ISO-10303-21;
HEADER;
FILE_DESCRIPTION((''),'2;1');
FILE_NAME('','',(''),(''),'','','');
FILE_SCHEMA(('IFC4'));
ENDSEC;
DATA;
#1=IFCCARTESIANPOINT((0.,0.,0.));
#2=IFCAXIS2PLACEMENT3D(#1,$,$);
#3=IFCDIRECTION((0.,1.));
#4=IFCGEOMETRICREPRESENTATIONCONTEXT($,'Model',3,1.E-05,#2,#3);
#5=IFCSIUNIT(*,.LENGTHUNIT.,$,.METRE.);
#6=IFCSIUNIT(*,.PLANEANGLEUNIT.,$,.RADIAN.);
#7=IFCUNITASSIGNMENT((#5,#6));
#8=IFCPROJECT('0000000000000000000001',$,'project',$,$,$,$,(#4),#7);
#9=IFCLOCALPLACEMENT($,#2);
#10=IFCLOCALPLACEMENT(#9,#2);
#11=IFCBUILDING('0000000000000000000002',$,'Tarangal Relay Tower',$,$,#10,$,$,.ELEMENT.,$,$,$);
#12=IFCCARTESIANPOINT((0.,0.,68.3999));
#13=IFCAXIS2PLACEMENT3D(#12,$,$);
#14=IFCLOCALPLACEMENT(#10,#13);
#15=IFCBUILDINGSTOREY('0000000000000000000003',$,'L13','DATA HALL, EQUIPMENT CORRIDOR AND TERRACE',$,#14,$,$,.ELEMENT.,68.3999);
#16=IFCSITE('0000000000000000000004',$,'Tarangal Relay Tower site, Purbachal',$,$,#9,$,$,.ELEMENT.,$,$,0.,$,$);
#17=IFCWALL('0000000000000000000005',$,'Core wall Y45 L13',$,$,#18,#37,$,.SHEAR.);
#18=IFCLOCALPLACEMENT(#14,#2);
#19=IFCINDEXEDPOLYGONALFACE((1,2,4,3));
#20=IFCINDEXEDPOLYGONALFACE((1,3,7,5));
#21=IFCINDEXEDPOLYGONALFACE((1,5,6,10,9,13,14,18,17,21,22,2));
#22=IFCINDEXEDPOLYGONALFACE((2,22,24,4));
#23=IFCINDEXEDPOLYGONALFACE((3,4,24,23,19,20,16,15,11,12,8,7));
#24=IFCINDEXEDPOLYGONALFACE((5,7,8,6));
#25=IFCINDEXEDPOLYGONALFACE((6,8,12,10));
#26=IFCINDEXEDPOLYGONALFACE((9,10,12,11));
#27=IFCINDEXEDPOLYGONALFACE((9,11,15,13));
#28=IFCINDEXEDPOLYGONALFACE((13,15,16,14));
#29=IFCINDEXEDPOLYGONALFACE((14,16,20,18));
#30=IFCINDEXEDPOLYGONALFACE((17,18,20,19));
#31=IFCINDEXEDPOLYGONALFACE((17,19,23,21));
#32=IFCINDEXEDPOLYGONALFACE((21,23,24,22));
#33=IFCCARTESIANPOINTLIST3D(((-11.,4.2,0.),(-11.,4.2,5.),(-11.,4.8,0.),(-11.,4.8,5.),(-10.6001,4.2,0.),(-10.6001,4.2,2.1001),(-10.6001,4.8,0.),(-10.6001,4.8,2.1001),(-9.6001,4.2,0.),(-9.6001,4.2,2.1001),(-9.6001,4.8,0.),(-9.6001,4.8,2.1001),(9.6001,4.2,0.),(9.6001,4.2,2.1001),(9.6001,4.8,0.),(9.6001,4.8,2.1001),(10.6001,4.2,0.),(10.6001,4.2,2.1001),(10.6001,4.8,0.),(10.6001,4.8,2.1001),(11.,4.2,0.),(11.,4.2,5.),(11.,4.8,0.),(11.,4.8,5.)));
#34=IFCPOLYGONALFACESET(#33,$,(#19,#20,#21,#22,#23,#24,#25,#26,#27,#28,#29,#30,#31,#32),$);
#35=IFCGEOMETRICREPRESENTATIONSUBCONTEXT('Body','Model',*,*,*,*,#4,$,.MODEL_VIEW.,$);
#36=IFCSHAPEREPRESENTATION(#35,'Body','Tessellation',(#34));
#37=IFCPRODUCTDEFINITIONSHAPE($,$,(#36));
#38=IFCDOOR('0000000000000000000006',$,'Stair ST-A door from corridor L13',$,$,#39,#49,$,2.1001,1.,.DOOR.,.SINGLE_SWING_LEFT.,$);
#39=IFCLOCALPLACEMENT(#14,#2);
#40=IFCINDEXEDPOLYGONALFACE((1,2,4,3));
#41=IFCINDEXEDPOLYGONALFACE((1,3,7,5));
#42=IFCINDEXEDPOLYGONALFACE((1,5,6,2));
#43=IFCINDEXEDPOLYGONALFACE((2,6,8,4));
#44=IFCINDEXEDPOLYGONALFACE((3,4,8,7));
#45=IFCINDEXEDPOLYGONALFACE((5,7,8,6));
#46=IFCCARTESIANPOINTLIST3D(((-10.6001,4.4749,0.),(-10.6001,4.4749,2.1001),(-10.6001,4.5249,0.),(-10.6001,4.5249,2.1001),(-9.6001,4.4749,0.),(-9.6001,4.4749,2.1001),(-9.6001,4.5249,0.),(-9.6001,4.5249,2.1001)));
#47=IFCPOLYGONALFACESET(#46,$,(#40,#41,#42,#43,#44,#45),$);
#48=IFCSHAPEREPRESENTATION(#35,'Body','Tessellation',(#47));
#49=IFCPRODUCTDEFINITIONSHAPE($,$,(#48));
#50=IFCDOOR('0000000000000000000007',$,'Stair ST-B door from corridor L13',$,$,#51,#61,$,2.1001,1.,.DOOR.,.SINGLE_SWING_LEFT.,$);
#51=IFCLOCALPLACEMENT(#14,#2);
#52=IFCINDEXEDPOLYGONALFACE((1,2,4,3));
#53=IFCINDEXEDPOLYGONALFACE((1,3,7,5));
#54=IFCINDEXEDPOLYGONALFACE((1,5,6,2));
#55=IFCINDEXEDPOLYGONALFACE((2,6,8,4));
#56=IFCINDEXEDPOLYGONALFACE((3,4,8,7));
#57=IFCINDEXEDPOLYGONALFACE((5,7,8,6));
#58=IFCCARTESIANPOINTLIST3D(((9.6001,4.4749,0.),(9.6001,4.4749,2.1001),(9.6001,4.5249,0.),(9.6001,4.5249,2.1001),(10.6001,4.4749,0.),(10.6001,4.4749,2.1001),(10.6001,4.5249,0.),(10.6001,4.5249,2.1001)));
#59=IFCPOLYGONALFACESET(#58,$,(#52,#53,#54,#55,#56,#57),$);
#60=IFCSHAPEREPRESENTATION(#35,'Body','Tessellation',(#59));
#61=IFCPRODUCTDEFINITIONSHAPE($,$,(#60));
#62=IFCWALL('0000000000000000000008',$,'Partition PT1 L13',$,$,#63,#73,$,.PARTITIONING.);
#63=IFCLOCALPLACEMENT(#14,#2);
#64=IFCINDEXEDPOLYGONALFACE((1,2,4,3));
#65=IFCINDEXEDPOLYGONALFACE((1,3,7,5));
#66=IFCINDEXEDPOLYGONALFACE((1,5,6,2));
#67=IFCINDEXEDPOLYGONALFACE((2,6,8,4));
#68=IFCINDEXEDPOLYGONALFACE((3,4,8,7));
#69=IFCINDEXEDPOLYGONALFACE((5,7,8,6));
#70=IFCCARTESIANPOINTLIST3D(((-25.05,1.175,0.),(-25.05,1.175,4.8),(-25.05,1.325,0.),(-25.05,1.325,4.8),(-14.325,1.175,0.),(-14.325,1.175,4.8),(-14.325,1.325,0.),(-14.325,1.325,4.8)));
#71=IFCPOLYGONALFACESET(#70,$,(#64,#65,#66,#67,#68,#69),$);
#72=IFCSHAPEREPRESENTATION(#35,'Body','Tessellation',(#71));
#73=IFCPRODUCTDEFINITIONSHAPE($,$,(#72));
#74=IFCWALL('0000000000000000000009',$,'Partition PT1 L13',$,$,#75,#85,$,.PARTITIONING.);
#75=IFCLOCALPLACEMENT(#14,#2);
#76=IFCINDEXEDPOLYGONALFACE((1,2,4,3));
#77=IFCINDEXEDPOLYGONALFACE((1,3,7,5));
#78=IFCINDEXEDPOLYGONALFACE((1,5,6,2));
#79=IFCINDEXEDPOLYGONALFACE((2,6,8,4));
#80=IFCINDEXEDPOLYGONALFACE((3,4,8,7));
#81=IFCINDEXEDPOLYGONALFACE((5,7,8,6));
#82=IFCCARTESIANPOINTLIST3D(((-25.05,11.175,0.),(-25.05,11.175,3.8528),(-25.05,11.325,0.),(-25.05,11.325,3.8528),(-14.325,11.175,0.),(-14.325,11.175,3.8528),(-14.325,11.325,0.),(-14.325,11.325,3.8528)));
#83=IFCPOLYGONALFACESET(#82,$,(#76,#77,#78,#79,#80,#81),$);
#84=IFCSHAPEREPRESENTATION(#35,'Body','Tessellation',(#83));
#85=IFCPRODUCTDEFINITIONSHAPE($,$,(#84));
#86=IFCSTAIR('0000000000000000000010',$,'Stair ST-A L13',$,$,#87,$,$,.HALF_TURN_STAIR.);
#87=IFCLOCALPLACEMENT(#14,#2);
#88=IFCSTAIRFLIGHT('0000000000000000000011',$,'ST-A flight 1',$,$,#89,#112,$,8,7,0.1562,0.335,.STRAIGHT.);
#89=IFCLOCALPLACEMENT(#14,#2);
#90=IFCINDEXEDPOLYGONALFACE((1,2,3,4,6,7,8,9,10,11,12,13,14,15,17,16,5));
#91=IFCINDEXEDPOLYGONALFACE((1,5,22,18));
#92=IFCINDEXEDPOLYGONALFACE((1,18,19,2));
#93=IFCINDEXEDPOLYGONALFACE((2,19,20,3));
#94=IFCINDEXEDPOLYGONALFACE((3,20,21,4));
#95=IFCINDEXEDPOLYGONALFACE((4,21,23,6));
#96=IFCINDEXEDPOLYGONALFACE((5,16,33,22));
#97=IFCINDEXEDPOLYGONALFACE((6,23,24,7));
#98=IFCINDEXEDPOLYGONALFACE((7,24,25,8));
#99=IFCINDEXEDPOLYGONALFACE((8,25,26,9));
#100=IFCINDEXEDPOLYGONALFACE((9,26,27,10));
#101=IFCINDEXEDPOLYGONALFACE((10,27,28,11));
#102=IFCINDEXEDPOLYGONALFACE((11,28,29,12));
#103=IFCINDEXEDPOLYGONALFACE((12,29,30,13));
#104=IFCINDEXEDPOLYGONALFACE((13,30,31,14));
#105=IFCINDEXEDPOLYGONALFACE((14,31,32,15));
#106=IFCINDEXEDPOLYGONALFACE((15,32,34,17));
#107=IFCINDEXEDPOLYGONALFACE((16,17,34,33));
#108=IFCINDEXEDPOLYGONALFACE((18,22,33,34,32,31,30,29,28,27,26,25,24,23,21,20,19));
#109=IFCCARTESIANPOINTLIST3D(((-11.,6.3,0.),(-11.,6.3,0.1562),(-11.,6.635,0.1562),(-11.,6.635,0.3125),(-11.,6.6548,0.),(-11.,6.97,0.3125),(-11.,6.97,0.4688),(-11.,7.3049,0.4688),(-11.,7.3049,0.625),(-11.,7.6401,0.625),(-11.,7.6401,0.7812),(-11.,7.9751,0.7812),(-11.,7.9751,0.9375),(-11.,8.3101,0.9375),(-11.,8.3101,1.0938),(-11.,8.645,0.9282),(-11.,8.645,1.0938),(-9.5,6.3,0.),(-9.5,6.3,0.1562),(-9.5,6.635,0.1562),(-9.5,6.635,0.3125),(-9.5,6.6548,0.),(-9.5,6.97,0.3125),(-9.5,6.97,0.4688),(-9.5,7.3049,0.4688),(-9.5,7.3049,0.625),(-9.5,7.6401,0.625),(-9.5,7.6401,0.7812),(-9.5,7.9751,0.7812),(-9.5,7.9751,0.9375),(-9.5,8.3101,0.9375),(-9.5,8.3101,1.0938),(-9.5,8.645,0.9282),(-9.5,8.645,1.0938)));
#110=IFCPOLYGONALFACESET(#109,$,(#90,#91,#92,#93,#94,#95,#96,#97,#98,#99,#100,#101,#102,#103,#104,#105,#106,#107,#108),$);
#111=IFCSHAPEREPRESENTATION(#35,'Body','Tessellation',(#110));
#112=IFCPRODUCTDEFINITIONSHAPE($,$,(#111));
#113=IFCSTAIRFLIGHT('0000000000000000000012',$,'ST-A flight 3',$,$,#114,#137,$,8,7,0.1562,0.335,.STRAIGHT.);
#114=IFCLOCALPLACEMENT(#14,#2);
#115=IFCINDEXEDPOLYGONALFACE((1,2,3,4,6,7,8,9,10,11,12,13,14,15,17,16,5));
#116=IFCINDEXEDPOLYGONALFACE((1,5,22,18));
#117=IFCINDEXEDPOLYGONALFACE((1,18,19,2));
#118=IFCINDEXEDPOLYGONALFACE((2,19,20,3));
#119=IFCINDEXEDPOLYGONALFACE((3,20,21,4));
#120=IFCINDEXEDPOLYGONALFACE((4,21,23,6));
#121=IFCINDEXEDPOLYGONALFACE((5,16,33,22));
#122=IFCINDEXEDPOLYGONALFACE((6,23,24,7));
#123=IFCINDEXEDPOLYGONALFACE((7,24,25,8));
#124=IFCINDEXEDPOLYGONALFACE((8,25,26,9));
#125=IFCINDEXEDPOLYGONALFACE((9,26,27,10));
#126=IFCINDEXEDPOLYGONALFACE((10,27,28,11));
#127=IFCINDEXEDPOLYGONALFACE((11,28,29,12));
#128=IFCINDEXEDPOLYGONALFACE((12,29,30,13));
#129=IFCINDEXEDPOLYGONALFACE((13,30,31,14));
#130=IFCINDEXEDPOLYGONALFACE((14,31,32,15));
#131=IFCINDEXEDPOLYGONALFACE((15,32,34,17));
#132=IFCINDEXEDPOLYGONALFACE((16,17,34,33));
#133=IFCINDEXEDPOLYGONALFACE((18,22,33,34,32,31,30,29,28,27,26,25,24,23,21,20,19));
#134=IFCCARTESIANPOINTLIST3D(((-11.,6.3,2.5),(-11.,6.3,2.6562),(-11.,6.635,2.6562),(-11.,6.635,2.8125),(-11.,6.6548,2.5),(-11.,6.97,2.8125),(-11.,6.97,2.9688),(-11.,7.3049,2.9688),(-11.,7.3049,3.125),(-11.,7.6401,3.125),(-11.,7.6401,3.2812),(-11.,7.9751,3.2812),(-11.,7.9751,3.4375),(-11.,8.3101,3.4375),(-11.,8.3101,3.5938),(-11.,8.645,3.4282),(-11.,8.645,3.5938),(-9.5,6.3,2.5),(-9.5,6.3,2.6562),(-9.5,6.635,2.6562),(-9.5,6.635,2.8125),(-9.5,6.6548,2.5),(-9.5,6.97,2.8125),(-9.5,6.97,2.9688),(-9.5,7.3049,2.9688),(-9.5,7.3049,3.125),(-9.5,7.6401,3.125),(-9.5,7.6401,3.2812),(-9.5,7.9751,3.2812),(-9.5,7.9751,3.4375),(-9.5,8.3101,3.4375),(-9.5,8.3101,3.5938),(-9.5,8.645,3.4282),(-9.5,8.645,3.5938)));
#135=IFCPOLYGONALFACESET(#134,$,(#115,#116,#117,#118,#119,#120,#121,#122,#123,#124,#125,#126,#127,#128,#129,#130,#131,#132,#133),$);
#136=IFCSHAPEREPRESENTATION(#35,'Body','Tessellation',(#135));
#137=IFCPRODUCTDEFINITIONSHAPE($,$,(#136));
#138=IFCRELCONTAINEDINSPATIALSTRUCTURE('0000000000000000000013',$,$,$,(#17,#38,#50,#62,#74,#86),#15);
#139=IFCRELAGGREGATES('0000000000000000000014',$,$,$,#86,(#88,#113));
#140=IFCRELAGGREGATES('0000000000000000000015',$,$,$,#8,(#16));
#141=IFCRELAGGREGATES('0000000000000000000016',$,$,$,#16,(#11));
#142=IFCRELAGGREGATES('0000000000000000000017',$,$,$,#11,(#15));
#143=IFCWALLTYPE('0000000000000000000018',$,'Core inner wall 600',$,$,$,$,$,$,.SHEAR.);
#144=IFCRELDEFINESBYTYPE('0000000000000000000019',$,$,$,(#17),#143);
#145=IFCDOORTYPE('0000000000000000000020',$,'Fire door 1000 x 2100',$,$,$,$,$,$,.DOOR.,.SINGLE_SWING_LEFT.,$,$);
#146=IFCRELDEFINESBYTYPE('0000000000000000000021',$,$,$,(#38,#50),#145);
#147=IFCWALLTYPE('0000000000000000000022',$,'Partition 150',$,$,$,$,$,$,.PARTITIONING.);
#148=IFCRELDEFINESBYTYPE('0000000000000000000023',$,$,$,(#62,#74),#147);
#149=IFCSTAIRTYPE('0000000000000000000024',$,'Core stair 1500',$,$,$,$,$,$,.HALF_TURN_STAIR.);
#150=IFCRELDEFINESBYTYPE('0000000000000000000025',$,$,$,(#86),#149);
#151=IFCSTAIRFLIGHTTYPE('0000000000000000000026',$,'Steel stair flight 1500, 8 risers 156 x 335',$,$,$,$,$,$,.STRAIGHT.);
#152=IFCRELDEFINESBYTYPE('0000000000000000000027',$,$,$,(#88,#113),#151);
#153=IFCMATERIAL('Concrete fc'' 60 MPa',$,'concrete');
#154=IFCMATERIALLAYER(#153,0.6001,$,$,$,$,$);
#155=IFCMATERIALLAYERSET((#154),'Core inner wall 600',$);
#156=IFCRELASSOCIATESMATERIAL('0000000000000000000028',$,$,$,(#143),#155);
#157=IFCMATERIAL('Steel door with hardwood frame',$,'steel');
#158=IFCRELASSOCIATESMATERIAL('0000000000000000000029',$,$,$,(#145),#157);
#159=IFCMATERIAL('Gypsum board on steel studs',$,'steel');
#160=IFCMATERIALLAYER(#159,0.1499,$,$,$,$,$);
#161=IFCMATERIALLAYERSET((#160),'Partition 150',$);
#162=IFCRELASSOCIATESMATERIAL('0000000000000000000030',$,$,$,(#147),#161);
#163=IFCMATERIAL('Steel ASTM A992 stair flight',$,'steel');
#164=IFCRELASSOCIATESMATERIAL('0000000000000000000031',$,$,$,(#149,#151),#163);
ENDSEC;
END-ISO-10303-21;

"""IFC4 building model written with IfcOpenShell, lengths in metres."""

from ifc_helpers import new_model, si_unit, direction, frame, frame_2d, origin, place, context, subcontext, project, spatial, polyline, rectangle, outline, extrude, material, layer, layer_set, type_object, element, fill, aggregate, save


model = new_model("IFC4")

# Units and contexts
model_context = context("Model", 3, precision=1e-05, world=origin(), true_north=direction((0.0, 1.0)))
body_context = subcontext(model_context, "Body", "Model", "MODEL_VIEW")
ifc_project = project(units=[si_unit("LENGTHUNIT", "METRE"), si_unit("PLANEANGLEUNIT", "RADIAN")], contexts=[model_context])

# Site, building, storey
site_placement = place(None, origin())
site = spatial("IfcSite", under=ifc_project, at=site_placement, Name="Tarangal Relay Tower site, Purbachal", CompositionType="ELEMENT", RefElevation=0.0)
building_placement = place(site_placement, origin())
building = spatial("IfcBuilding", under=site, at=building_placement, Name="Tarangal Relay Tower", CompositionType="ELEMENT")
storey_placement = place(building_placement, frame((0.0, 0.0, 68.3999)))
storey = spatial("IfcBuildingStorey", under=building, at=storey_placement, Name="L13", Description="DATA HALL, EQUIPMENT CORRIDOR AND TERRACE", CompositionType="ELEMENT", Elevation=68.3999)

# Wall, openings, doors
ifc_material_1 = material(Name="Concrete fc' 60 MPa", Category="concrete")
ifc_layer_1 = layer(ifc_material_1, 0.6001)
ifc_layer_set_1 = layer_set([ifc_layer_1], Name="Core inner wall 600")
wall_type_1 = type_object("IfcWallType", Name="Core inner wall 600", PredefinedType="SHEAR", material=ifc_layer_set_1)
wall_1_placement = place(storey_placement, frame((-11.0, 4.5, 0.0), z_axis=(0.0, 0.0, 1.0), x_axis=(1.0, 0.0, 0.0)))
wall_1 = element("IfcWall", 1, at=wall_1_placement, inside=storey, type_object=wall_type_1, Name="Core wall Y45 L13", PredefinedType="SHEAR", context=body_context, shape_type="SweptSolid", body=[
    extrude(rectangle(XDim=22.0, YDim=0.6001, at=frame_2d((11.0, 0.0))), origin(), (0.0, 0.0, 1.0), 5.0),
])
opening_1_placement = place(wall_1_placement, frame((0.3999, 0.0, 0.0)))
opening_1 = element("IfcOpeningElement", 2, at=opening_1_placement, cuts=wall_1, PredefinedType="OPENING", context=body_context, shape_type="SweptSolid", body=[
    extrude(rectangle(XDim=1.0, YDim=2.1001, at=frame_2d((0.5, 1.05))), frame((0.0, 0.3101, 0.0), z_axis=(0.0, -1.0, 0.0), x_axis=(1.0, 0.0, 0.0)), (0.0, 0.0, 1.0), 0.6201),
])
opening_2_placement = place(wall_1_placement, frame((20.6001, 0.0, 0.0)))
opening_2 = element("IfcOpeningElement", 3, at=opening_2_placement, cuts=wall_1, PredefinedType="OPENING", context=body_context, shape_type="SweptSolid", body=[
    extrude(rectangle(XDim=1.0, YDim=2.1001, at=frame_2d((0.5, 1.05))), frame((0.0, 0.3101, 0.0), z_axis=(0.0, -1.0, 0.0), x_axis=(1.0, 0.0, 0.0)), (0.0, 0.0, 1.0), 0.6201),
])
ifc_material_2 = material(Name="Steel door with hardwood frame", Category="steel")
door_type_1 = type_object("IfcDoorType", Name="Fire door 1000 x 2100", OperationType="SINGLE_SWING_LEFT", PredefinedType="DOOR", material=ifc_material_2)
door_1_placement = place(opening_1_placement, origin())
door_1 = element("IfcDoor", 4, at=door_1_placement, inside=storey, type_object=door_type_1, Name="Stair ST-A door from corridor L13", OperationType="SINGLE_SWING_LEFT", OverallHeight=2.1001, OverallWidth=1.0, PredefinedType="DOOR", context=body_context, shape_type="SweptSolid", body=[
    extrude(rectangle(XDim=1.0, YDim=2.1001, at=frame_2d((0.5, 1.05))), frame((0.0, 0.0249, 0.0), z_axis=(0.0, -1.0, 0.0), x_axis=(1.0, 0.0, 0.0)), (0.0, 0.0, 1.0), 0.05),
])
fill(opening_1, door_1)
door_2_placement = place(opening_2_placement, origin())
door_2 = element("IfcDoor", 5, at=door_2_placement, inside=storey, type_object=door_type_1, Name="Stair ST-B door from corridor L13", OperationType="SINGLE_SWING_LEFT", OverallHeight=2.1001, OverallWidth=1.0, PredefinedType="DOOR", context=body_context, shape_type="SweptSolid", body=[
    extrude(rectangle(XDim=1.0, YDim=2.1001, at=frame_2d((0.5, 1.05))), frame((0.0, 0.0249, 0.0), z_axis=(0.0, -1.0, 0.0), x_axis=(1.0, 0.0, 0.0)), (0.0, 0.0, 1.0), 0.05),
])
fill(opening_2, door_2)

# Walls
ifc_material_3 = material(Name="Gypsum board on steel studs", Category="steel")
ifc_layer_2 = layer(ifc_material_3, 0.1499)
ifc_layer_set_2 = layer_set([ifc_layer_2], Name="Partition 150")
wall_type_2 = type_object("IfcWallType", Name="Partition 150", PredefinedType="PARTITIONING", material=ifc_layer_set_2)
wall_2_placement = place(storey_placement, frame((-25.05, 1.25, 0.0), z_axis=(0.0, 0.0, 1.0), x_axis=(1.0, 0.0, 0.0)))
element("IfcWall", 6, at=wall_2_placement, inside=storey, type_object=wall_type_2, Name="Partition PT1 L13", PredefinedType="PARTITIONING", context=body_context, shape_type="SweptSolid", body=[
    extrude(rectangle(XDim=10.7251, YDim=0.1499, at=frame_2d((5.3625, 0.0))), origin(), (0.0, 0.0, 1.0), 4.8),
])
wall_3_placement = place(storey_placement, frame((-25.05, 11.25, 0.0), z_axis=(0.0, 0.0, 1.0), x_axis=(1.0, 0.0, 0.0)))
element("IfcWall", 7, at=wall_3_placement, inside=storey, type_object=wall_type_2, Name="Partition PT1 L13", PredefinedType="PARTITIONING", context=body_context, shape_type="SweptSolid", body=[
    extrude(rectangle(XDim=10.7251, YDim=0.1499, at=frame_2d((5.3625, 0.0))), origin(), (0.0, 0.0, 1.0), 3.8528),
])

# Stair, stair flights
ifc_material_4 = material(Name="Steel ASTM A992 stair flight", Category="steel")
stair_type = type_object("IfcStairType", Name="Core stair 1500", PredefinedType="HALF_TURN_STAIR", material=ifc_material_4)
stair_placement = place(storey_placement, origin())
stair = element("IfcStair", 8, at=stair_placement, inside=storey, type_object=stair_type, Name="Stair ST-A L13", PredefinedType="HALF_TURN_STAIR")
stair_flight_type = type_object("IfcStairFlightType", Name="Steel stair flight 1500, 8 risers 156 x 335", PredefinedType="STRAIGHT", material=ifc_material_4)
stair_flight_1_placement = place(storey_placement, frame((-10.25, 6.3, 0.0), z_axis=(0.0, 0.0, 1.0), x_axis=(0.0, 1.0, 0.0)))
stair_flight_1 = element("IfcStairFlight", 9, at=stair_flight_1_placement, type_object=stair_flight_type, Name="ST-A flight 1", NumberOfRisers=8, NumberOfTreads=7, PredefinedType="STRAIGHT", RiserHeight=0.1562, TreadLength=0.335, context=body_context, shape_type="SweptSolid", body=[
    extrude(outline(polyline([(0.0, 0.0), (0.0, 0.1562), (0.335, 0.1562), (0.335, 0.3125), (0.6699, 0.3125), (0.6699, 0.4688), (1.0049, 0.4688), (1.0049, 0.625), (1.3401, 0.625), (1.3401, 0.7812), (1.675, 0.7812), (1.675, 0.9375), (2.01, 0.9375), (2.01, 1.0938), (2.345, 1.0938), (2.345, 1.25), (2.345, 0.9282), (0.3547, 0.0), (0.0, 0.0)])), frame((0.0, 0.75, 0.0), z_axis=(0.0, -1.0, 0.0), x_axis=(1.0, 0.0, 0.0)), (0.0, 0.0, 1.0), 1.5),
])
stair_flight_2_placement = place(storey_placement, frame((-10.25, 6.3, 2.5), z_axis=(0.0, 0.0, 1.0), x_axis=(0.0, 1.0, 0.0)))
stair_flight_2 = element("IfcStairFlight", 10, at=stair_flight_2_placement, type_object=stair_flight_type, Name="ST-A flight 3", NumberOfRisers=8, NumberOfTreads=7, PredefinedType="STRAIGHT", RiserHeight=0.1562, TreadLength=0.335, context=body_context, shape_type="SweptSolid", body=[
    extrude(outline(polyline([(0.0, 0.0), (0.0, 0.1562), (0.335, 0.1562), (0.335, 0.3125), (0.6699, 0.3125), (0.6699, 0.4688), (1.0049, 0.4688), (1.0049, 0.625), (1.3401, 0.625), (1.3401, 0.7812), (1.675, 0.7812), (1.675, 0.9375), (2.01, 0.9375), (2.01, 1.0938), (2.345, 1.0938), (2.345, 1.25), (2.345, 0.9282), (0.3547, 0.0), (0.0, 0.0)])), frame((0.0, 0.75, 0.0), z_axis=(0.0, -1.0, 0.0), x_axis=(1.0, 0.0, 0.0)), (0.0, 0.0, 1.0), 1.5),
])
aggregate(stair, [stair_flight_1, stair_flight_2])

save(model, "model.ifc")
